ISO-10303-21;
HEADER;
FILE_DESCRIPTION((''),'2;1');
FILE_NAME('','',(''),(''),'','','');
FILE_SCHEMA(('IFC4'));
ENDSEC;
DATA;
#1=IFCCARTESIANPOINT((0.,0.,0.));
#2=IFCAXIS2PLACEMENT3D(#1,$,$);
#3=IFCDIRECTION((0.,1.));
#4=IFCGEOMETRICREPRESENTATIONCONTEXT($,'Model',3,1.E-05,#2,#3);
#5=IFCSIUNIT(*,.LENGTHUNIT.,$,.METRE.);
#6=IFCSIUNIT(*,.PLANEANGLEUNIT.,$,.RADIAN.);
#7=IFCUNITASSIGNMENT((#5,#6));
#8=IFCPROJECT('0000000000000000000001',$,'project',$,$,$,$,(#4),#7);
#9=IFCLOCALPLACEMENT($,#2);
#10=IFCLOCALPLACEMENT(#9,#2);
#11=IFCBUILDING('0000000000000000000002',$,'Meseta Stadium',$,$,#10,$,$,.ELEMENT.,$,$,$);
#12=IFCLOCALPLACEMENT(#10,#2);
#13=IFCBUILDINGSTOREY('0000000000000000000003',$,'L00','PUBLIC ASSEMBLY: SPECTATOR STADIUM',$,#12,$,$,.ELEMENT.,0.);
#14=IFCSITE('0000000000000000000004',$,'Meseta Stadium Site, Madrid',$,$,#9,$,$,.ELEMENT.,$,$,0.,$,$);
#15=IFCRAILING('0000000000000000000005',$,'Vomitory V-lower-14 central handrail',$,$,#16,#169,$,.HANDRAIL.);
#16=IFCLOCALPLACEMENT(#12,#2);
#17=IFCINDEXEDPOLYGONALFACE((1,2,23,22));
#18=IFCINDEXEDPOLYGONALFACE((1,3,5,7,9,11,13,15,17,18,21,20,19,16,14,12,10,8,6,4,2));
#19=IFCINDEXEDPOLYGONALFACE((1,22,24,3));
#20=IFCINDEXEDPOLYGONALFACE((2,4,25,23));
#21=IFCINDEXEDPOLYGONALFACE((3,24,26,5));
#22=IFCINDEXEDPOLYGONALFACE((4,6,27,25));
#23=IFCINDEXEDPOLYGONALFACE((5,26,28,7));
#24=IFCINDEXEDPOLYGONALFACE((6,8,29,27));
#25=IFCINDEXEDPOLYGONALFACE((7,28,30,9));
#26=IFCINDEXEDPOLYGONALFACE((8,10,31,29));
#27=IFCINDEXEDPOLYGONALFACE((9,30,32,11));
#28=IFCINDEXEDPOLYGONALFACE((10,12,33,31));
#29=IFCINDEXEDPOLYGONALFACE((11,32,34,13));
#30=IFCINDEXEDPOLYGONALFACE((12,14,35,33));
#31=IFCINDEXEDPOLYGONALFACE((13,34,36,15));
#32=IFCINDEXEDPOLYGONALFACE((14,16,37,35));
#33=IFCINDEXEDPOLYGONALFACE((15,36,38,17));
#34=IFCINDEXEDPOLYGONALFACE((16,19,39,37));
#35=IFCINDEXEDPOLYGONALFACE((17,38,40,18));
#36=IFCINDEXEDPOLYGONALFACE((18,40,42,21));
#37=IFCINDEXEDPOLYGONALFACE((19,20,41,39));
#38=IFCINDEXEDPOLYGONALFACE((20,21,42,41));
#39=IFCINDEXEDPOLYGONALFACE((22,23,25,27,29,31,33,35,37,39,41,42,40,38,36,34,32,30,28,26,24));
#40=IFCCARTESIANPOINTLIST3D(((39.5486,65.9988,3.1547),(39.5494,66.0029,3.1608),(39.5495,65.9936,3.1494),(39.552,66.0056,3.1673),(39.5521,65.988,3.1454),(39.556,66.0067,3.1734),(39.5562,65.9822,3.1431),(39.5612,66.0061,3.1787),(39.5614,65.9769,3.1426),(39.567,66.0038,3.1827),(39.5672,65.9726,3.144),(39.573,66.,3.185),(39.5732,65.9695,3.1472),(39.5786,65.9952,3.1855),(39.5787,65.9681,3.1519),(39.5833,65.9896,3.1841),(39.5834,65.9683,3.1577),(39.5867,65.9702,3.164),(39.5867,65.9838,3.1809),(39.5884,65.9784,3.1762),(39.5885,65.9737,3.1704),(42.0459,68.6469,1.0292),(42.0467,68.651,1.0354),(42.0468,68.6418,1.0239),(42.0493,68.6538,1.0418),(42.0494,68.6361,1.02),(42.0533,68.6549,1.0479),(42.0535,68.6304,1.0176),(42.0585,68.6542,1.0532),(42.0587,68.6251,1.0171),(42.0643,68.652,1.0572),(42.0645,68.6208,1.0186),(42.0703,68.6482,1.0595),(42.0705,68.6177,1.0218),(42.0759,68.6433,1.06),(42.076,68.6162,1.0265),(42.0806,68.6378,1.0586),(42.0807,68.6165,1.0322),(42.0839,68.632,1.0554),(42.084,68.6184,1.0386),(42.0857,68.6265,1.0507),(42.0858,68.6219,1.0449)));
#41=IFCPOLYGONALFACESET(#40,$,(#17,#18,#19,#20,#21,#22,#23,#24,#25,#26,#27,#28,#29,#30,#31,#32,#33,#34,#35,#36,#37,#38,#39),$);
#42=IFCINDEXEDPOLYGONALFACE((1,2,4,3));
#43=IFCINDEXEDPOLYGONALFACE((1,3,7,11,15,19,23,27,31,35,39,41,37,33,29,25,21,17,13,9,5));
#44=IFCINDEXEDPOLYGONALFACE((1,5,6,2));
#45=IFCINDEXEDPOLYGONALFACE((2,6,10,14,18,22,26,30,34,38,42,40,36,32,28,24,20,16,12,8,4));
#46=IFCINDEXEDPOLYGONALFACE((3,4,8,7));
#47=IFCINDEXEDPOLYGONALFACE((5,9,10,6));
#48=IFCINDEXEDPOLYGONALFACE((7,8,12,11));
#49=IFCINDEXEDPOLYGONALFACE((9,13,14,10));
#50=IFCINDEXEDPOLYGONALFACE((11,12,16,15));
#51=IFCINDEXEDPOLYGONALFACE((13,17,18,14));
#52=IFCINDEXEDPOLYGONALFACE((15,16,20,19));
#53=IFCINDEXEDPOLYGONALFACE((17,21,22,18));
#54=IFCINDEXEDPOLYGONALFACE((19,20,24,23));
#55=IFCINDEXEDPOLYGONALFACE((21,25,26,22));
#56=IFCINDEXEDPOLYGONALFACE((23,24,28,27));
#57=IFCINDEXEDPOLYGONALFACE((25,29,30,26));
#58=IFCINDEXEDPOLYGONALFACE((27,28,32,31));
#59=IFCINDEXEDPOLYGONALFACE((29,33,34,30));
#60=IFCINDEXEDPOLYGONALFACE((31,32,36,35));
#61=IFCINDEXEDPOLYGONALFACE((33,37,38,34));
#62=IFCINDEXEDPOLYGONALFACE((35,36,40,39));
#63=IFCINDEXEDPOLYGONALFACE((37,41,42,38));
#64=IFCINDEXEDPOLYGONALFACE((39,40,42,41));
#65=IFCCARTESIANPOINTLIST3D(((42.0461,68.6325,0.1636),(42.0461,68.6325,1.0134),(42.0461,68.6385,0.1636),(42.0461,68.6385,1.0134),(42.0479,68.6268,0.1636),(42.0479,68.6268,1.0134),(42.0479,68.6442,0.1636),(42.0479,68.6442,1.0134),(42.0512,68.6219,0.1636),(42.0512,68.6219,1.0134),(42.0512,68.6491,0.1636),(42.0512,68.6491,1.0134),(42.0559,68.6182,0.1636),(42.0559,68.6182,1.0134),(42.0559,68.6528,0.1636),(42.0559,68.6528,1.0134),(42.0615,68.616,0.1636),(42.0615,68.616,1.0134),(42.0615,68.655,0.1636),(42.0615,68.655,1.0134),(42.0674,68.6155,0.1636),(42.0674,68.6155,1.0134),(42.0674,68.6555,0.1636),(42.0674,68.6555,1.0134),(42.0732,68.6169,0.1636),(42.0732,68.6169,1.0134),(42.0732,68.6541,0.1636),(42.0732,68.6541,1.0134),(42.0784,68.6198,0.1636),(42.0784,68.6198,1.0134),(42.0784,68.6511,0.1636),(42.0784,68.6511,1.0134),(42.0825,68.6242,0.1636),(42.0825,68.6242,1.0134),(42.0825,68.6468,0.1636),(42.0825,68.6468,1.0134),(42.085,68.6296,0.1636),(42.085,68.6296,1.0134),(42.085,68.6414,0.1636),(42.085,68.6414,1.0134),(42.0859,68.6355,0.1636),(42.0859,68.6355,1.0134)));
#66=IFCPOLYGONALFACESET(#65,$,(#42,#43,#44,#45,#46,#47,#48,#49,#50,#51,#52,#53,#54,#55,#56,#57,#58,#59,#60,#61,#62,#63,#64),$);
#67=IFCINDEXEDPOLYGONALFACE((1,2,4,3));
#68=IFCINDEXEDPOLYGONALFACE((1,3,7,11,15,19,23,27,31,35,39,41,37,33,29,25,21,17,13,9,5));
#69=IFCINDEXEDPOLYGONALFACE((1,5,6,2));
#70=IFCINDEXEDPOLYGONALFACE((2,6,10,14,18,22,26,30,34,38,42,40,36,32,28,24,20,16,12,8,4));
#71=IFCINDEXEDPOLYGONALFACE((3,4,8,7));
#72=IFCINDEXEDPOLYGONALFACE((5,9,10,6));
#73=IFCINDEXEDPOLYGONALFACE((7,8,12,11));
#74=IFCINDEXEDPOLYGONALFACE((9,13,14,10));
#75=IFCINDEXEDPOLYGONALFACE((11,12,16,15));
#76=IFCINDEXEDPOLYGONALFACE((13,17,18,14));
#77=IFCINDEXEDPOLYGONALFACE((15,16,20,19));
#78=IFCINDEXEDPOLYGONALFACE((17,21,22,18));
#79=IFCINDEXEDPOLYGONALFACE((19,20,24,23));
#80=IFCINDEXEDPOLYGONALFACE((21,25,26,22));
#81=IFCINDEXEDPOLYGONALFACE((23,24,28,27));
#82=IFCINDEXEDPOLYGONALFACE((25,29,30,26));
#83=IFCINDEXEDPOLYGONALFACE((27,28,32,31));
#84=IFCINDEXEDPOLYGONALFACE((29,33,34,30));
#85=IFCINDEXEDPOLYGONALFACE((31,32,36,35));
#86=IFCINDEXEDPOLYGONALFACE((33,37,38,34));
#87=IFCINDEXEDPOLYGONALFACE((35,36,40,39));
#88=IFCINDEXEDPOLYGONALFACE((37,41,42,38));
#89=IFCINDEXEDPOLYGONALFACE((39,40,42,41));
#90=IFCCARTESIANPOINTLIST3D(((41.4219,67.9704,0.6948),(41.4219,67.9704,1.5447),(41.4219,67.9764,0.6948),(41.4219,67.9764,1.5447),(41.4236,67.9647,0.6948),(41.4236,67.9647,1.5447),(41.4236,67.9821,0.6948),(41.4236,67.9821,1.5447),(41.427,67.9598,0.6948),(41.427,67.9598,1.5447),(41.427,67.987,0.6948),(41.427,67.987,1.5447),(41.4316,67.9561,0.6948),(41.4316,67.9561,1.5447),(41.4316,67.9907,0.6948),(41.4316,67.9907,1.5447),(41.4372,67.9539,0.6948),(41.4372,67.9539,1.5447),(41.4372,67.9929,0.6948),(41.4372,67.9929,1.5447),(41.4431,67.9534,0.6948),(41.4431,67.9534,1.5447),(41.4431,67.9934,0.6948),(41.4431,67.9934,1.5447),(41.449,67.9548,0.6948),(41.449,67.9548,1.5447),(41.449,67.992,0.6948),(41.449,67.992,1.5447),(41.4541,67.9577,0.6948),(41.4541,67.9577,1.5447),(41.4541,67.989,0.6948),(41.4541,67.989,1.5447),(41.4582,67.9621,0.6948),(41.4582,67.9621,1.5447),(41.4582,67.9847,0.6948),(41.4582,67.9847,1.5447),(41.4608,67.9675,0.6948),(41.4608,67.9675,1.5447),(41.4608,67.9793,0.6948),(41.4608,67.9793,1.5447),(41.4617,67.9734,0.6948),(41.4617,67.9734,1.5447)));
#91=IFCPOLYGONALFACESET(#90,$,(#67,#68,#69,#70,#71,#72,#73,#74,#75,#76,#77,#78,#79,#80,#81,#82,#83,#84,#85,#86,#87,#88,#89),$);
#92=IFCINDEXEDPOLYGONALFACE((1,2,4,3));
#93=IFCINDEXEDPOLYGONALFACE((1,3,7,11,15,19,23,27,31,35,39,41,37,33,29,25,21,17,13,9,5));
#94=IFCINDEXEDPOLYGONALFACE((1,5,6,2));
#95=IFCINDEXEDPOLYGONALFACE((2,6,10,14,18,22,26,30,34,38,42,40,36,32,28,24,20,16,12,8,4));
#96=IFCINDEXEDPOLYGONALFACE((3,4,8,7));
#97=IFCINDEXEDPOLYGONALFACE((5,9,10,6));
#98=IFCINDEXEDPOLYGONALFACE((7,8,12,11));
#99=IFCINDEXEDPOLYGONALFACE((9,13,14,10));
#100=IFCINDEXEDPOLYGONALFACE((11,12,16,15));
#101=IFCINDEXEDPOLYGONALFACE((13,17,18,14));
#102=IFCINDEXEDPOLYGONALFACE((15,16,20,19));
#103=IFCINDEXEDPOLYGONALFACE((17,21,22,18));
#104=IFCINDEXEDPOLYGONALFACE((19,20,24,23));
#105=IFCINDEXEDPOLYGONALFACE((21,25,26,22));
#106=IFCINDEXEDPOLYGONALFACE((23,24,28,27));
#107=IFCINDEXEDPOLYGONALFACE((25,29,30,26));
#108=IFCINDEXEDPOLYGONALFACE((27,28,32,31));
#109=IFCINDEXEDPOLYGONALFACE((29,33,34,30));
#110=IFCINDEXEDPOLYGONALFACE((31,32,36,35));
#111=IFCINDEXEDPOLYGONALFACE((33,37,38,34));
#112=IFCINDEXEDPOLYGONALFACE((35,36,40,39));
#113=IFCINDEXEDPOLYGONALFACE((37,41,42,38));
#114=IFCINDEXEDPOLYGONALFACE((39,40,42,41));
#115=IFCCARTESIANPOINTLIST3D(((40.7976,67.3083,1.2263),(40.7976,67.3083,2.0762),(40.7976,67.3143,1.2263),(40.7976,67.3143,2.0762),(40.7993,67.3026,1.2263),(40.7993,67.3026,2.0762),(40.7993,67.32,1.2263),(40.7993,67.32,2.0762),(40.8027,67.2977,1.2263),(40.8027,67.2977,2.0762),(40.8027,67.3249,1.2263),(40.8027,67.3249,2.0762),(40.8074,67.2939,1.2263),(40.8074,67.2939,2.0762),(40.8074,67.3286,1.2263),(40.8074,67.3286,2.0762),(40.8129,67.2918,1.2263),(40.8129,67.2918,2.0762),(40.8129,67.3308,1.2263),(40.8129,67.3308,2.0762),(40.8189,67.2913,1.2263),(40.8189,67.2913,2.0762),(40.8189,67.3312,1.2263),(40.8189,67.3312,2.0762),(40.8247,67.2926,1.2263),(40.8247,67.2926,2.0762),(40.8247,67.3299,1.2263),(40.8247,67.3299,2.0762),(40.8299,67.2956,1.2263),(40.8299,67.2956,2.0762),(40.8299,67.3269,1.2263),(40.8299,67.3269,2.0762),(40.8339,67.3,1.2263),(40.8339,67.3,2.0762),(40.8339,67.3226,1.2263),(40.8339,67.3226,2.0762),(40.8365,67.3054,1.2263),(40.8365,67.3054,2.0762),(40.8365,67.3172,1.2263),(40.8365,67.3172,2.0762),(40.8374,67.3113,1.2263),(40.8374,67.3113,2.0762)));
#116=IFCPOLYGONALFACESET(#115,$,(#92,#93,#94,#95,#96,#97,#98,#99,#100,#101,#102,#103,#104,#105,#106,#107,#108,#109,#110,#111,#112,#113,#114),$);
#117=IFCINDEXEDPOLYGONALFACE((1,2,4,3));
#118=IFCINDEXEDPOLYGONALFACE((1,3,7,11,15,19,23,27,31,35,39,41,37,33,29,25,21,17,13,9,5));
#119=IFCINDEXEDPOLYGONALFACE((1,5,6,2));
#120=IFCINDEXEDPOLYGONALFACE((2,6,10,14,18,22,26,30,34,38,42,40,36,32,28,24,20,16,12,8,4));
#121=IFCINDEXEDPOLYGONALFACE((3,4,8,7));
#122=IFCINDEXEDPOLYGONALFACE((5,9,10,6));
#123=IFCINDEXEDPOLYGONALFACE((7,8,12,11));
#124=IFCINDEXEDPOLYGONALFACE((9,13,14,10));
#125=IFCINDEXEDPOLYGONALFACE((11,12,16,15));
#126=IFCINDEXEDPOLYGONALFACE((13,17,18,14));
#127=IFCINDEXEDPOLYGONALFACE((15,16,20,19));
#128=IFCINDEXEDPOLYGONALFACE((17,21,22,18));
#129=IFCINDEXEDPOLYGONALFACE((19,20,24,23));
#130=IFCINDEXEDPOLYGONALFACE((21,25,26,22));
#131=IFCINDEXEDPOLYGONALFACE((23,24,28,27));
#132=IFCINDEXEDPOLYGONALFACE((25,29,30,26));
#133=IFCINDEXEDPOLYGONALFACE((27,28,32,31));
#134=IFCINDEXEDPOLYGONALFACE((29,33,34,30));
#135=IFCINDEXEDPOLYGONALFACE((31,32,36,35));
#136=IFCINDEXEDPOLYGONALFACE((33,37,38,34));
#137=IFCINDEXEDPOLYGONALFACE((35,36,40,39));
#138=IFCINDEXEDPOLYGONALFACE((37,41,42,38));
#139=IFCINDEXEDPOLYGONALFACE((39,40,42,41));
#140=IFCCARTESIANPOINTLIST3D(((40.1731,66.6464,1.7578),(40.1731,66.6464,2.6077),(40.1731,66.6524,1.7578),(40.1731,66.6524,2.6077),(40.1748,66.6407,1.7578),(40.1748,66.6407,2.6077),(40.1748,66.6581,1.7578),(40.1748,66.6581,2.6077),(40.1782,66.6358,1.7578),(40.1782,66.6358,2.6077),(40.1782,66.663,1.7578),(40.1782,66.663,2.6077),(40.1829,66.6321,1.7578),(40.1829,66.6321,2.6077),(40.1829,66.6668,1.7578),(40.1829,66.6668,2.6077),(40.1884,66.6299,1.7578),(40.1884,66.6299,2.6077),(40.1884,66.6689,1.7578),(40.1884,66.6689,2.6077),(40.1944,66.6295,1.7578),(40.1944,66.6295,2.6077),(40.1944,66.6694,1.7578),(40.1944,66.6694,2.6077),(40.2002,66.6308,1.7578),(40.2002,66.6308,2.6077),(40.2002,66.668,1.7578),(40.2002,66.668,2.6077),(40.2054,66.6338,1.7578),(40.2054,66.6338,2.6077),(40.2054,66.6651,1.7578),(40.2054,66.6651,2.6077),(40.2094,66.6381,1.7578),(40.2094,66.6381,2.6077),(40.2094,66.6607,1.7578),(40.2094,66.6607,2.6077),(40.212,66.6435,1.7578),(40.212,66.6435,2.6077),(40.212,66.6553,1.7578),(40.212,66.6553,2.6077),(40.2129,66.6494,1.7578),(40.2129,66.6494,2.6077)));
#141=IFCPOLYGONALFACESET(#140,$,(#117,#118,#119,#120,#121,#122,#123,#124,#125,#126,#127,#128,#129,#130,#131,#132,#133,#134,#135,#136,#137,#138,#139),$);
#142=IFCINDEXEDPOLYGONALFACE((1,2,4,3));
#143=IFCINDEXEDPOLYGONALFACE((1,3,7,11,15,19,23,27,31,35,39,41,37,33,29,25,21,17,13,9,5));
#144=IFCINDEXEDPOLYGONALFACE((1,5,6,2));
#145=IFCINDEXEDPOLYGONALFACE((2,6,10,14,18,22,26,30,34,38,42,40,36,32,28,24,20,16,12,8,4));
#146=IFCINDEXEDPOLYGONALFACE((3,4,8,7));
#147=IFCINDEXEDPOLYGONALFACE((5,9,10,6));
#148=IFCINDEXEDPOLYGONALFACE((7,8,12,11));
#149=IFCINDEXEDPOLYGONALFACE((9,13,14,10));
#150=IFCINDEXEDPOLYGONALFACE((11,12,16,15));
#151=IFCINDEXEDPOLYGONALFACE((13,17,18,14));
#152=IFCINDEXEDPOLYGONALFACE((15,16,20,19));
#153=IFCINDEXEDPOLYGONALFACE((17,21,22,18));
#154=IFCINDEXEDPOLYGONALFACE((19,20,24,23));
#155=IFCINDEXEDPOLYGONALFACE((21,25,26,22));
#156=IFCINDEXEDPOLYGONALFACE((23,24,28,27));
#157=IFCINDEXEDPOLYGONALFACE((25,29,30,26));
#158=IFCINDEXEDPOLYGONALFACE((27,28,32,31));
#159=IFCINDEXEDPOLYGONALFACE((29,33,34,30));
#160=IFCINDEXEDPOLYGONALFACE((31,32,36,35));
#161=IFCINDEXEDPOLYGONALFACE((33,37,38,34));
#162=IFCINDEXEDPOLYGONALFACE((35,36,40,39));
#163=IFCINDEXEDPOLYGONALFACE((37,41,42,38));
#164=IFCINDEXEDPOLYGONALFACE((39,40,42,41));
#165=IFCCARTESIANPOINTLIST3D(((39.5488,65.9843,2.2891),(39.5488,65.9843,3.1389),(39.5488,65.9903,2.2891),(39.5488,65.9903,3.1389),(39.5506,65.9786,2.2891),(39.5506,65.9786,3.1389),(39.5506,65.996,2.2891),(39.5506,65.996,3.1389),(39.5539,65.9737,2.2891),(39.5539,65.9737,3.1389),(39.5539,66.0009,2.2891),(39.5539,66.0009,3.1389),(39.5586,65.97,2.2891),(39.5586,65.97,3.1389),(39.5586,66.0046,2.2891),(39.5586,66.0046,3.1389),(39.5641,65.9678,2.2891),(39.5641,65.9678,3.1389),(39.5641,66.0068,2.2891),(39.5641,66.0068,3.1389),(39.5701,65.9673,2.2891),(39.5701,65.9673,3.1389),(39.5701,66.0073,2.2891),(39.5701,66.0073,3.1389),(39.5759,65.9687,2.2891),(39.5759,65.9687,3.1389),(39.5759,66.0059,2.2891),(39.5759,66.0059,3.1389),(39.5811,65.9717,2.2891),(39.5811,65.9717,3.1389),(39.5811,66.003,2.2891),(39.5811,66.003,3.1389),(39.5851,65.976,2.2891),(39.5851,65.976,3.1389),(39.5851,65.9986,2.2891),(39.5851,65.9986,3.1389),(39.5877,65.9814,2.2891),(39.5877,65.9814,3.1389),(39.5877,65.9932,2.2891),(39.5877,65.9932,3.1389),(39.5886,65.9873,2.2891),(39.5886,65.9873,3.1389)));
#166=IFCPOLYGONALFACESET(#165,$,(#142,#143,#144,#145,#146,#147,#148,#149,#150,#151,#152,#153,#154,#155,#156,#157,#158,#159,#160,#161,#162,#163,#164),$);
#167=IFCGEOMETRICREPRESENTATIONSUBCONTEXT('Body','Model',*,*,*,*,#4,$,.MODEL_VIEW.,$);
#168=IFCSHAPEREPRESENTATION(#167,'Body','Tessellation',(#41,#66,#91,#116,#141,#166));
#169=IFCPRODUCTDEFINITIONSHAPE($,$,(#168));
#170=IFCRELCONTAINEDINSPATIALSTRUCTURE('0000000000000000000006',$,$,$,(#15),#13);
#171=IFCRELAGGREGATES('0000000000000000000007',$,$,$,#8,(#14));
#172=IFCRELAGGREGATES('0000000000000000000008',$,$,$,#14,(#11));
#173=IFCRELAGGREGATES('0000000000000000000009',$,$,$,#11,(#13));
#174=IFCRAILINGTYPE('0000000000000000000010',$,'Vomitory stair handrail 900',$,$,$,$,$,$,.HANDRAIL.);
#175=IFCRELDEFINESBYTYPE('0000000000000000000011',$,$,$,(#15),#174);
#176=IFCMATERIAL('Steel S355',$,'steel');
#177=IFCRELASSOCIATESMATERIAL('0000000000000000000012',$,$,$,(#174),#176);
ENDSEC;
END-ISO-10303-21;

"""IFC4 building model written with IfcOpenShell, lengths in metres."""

from ifc_helpers import new_model, si_unit, direction, frame, origin, origin_2d, place, context, subcontext, project, spatial, circle, extrude, material, type_object, element, save


model = new_model("IFC4")

# Units and contexts
model_context = context("Model", 3, precision=1e-05, world=origin(), true_north=direction((0.0, 1.0)))
body_context = subcontext(model_context, "Body", "Model", "MODEL_VIEW")
ifc_project = project(units=[si_unit("LENGTHUNIT", "METRE"), si_unit("PLANEANGLEUNIT", "RADIAN")], contexts=[model_context])

# Site, building, storey
site_placement = place(None, origin())
site = spatial("IfcSite", under=ifc_project, at=site_placement, Name="Meseta Stadium Site, Madrid", CompositionType="ELEMENT", RefElevation=0.0)
building_placement = place(site_placement, origin())
building = spatial("IfcBuilding", under=site, at=building_placement, Name="Meseta Stadium", CompositionType="ELEMENT")
storey_placement = place(building_placement, origin())
storey = spatial("IfcBuildingStorey", under=building, at=storey_placement, Name="L00", Description="PUBLIC ASSEMBLY: SPECTATOR STADIUM", CompositionType="ELEMENT", Elevation=0.0)

# Railing
ifc_material_1 = material(Name="Steel S355", Category="steel")
railing_type_1 = type_object("IfcRailingType", Name="Vomitory stair handrail 900", PredefinedType="HANDRAIL", material=ifc_material_1)
railing_1_placement = place(storey_placement, frame((42.0659, 68.6355, 0.1636)))
element("IfcRailing", 1, at=railing_1_placement, inside=storey, type_object=railing_type_1, Name="Vomitory V-lower-14 central handrail", PredefinedType="HANDRAIL", context=body_context, shape_type="SweptSolid", body=[
    extrude(circle(Radius=0.0249, at=origin_2d()), frame((0.0, 0.0, 0.875), z_axis=(-0.592466, -0.628261, 0.504254), x_axis=(0.727528, -0.686078, 0.0)), (0.0, 0.0, 1.0), 4.2151),
    extrude(circle(Radius=0.02, at=origin_2d()), origin(), (0.0, 0.0, 1.0), 0.8499),
    extrude(circle(Radius=0.02, at=origin_2d()), frame((-0.6243, -0.6621, 0.5312)), (0.0, 0.0, 1.0), 0.8499),
    extrude(circle(Radius=0.02, at=origin_2d()), frame((-1.2485, -1.3242, 1.0627)), (0.0, 0.0, 1.0), 0.8499),
    extrude(circle(Radius=0.02, at=origin_2d()), frame((-1.873, -1.9861, 1.5942)), (0.0, 0.0, 1.0), 0.8499),
    extrude(circle(Radius=0.02, at=origin_2d()), frame((-2.4973, -2.6482, 2.1255)), (0.0, 0.0, 1.0), 0.8499),
])

save(model, "model.ifc")
